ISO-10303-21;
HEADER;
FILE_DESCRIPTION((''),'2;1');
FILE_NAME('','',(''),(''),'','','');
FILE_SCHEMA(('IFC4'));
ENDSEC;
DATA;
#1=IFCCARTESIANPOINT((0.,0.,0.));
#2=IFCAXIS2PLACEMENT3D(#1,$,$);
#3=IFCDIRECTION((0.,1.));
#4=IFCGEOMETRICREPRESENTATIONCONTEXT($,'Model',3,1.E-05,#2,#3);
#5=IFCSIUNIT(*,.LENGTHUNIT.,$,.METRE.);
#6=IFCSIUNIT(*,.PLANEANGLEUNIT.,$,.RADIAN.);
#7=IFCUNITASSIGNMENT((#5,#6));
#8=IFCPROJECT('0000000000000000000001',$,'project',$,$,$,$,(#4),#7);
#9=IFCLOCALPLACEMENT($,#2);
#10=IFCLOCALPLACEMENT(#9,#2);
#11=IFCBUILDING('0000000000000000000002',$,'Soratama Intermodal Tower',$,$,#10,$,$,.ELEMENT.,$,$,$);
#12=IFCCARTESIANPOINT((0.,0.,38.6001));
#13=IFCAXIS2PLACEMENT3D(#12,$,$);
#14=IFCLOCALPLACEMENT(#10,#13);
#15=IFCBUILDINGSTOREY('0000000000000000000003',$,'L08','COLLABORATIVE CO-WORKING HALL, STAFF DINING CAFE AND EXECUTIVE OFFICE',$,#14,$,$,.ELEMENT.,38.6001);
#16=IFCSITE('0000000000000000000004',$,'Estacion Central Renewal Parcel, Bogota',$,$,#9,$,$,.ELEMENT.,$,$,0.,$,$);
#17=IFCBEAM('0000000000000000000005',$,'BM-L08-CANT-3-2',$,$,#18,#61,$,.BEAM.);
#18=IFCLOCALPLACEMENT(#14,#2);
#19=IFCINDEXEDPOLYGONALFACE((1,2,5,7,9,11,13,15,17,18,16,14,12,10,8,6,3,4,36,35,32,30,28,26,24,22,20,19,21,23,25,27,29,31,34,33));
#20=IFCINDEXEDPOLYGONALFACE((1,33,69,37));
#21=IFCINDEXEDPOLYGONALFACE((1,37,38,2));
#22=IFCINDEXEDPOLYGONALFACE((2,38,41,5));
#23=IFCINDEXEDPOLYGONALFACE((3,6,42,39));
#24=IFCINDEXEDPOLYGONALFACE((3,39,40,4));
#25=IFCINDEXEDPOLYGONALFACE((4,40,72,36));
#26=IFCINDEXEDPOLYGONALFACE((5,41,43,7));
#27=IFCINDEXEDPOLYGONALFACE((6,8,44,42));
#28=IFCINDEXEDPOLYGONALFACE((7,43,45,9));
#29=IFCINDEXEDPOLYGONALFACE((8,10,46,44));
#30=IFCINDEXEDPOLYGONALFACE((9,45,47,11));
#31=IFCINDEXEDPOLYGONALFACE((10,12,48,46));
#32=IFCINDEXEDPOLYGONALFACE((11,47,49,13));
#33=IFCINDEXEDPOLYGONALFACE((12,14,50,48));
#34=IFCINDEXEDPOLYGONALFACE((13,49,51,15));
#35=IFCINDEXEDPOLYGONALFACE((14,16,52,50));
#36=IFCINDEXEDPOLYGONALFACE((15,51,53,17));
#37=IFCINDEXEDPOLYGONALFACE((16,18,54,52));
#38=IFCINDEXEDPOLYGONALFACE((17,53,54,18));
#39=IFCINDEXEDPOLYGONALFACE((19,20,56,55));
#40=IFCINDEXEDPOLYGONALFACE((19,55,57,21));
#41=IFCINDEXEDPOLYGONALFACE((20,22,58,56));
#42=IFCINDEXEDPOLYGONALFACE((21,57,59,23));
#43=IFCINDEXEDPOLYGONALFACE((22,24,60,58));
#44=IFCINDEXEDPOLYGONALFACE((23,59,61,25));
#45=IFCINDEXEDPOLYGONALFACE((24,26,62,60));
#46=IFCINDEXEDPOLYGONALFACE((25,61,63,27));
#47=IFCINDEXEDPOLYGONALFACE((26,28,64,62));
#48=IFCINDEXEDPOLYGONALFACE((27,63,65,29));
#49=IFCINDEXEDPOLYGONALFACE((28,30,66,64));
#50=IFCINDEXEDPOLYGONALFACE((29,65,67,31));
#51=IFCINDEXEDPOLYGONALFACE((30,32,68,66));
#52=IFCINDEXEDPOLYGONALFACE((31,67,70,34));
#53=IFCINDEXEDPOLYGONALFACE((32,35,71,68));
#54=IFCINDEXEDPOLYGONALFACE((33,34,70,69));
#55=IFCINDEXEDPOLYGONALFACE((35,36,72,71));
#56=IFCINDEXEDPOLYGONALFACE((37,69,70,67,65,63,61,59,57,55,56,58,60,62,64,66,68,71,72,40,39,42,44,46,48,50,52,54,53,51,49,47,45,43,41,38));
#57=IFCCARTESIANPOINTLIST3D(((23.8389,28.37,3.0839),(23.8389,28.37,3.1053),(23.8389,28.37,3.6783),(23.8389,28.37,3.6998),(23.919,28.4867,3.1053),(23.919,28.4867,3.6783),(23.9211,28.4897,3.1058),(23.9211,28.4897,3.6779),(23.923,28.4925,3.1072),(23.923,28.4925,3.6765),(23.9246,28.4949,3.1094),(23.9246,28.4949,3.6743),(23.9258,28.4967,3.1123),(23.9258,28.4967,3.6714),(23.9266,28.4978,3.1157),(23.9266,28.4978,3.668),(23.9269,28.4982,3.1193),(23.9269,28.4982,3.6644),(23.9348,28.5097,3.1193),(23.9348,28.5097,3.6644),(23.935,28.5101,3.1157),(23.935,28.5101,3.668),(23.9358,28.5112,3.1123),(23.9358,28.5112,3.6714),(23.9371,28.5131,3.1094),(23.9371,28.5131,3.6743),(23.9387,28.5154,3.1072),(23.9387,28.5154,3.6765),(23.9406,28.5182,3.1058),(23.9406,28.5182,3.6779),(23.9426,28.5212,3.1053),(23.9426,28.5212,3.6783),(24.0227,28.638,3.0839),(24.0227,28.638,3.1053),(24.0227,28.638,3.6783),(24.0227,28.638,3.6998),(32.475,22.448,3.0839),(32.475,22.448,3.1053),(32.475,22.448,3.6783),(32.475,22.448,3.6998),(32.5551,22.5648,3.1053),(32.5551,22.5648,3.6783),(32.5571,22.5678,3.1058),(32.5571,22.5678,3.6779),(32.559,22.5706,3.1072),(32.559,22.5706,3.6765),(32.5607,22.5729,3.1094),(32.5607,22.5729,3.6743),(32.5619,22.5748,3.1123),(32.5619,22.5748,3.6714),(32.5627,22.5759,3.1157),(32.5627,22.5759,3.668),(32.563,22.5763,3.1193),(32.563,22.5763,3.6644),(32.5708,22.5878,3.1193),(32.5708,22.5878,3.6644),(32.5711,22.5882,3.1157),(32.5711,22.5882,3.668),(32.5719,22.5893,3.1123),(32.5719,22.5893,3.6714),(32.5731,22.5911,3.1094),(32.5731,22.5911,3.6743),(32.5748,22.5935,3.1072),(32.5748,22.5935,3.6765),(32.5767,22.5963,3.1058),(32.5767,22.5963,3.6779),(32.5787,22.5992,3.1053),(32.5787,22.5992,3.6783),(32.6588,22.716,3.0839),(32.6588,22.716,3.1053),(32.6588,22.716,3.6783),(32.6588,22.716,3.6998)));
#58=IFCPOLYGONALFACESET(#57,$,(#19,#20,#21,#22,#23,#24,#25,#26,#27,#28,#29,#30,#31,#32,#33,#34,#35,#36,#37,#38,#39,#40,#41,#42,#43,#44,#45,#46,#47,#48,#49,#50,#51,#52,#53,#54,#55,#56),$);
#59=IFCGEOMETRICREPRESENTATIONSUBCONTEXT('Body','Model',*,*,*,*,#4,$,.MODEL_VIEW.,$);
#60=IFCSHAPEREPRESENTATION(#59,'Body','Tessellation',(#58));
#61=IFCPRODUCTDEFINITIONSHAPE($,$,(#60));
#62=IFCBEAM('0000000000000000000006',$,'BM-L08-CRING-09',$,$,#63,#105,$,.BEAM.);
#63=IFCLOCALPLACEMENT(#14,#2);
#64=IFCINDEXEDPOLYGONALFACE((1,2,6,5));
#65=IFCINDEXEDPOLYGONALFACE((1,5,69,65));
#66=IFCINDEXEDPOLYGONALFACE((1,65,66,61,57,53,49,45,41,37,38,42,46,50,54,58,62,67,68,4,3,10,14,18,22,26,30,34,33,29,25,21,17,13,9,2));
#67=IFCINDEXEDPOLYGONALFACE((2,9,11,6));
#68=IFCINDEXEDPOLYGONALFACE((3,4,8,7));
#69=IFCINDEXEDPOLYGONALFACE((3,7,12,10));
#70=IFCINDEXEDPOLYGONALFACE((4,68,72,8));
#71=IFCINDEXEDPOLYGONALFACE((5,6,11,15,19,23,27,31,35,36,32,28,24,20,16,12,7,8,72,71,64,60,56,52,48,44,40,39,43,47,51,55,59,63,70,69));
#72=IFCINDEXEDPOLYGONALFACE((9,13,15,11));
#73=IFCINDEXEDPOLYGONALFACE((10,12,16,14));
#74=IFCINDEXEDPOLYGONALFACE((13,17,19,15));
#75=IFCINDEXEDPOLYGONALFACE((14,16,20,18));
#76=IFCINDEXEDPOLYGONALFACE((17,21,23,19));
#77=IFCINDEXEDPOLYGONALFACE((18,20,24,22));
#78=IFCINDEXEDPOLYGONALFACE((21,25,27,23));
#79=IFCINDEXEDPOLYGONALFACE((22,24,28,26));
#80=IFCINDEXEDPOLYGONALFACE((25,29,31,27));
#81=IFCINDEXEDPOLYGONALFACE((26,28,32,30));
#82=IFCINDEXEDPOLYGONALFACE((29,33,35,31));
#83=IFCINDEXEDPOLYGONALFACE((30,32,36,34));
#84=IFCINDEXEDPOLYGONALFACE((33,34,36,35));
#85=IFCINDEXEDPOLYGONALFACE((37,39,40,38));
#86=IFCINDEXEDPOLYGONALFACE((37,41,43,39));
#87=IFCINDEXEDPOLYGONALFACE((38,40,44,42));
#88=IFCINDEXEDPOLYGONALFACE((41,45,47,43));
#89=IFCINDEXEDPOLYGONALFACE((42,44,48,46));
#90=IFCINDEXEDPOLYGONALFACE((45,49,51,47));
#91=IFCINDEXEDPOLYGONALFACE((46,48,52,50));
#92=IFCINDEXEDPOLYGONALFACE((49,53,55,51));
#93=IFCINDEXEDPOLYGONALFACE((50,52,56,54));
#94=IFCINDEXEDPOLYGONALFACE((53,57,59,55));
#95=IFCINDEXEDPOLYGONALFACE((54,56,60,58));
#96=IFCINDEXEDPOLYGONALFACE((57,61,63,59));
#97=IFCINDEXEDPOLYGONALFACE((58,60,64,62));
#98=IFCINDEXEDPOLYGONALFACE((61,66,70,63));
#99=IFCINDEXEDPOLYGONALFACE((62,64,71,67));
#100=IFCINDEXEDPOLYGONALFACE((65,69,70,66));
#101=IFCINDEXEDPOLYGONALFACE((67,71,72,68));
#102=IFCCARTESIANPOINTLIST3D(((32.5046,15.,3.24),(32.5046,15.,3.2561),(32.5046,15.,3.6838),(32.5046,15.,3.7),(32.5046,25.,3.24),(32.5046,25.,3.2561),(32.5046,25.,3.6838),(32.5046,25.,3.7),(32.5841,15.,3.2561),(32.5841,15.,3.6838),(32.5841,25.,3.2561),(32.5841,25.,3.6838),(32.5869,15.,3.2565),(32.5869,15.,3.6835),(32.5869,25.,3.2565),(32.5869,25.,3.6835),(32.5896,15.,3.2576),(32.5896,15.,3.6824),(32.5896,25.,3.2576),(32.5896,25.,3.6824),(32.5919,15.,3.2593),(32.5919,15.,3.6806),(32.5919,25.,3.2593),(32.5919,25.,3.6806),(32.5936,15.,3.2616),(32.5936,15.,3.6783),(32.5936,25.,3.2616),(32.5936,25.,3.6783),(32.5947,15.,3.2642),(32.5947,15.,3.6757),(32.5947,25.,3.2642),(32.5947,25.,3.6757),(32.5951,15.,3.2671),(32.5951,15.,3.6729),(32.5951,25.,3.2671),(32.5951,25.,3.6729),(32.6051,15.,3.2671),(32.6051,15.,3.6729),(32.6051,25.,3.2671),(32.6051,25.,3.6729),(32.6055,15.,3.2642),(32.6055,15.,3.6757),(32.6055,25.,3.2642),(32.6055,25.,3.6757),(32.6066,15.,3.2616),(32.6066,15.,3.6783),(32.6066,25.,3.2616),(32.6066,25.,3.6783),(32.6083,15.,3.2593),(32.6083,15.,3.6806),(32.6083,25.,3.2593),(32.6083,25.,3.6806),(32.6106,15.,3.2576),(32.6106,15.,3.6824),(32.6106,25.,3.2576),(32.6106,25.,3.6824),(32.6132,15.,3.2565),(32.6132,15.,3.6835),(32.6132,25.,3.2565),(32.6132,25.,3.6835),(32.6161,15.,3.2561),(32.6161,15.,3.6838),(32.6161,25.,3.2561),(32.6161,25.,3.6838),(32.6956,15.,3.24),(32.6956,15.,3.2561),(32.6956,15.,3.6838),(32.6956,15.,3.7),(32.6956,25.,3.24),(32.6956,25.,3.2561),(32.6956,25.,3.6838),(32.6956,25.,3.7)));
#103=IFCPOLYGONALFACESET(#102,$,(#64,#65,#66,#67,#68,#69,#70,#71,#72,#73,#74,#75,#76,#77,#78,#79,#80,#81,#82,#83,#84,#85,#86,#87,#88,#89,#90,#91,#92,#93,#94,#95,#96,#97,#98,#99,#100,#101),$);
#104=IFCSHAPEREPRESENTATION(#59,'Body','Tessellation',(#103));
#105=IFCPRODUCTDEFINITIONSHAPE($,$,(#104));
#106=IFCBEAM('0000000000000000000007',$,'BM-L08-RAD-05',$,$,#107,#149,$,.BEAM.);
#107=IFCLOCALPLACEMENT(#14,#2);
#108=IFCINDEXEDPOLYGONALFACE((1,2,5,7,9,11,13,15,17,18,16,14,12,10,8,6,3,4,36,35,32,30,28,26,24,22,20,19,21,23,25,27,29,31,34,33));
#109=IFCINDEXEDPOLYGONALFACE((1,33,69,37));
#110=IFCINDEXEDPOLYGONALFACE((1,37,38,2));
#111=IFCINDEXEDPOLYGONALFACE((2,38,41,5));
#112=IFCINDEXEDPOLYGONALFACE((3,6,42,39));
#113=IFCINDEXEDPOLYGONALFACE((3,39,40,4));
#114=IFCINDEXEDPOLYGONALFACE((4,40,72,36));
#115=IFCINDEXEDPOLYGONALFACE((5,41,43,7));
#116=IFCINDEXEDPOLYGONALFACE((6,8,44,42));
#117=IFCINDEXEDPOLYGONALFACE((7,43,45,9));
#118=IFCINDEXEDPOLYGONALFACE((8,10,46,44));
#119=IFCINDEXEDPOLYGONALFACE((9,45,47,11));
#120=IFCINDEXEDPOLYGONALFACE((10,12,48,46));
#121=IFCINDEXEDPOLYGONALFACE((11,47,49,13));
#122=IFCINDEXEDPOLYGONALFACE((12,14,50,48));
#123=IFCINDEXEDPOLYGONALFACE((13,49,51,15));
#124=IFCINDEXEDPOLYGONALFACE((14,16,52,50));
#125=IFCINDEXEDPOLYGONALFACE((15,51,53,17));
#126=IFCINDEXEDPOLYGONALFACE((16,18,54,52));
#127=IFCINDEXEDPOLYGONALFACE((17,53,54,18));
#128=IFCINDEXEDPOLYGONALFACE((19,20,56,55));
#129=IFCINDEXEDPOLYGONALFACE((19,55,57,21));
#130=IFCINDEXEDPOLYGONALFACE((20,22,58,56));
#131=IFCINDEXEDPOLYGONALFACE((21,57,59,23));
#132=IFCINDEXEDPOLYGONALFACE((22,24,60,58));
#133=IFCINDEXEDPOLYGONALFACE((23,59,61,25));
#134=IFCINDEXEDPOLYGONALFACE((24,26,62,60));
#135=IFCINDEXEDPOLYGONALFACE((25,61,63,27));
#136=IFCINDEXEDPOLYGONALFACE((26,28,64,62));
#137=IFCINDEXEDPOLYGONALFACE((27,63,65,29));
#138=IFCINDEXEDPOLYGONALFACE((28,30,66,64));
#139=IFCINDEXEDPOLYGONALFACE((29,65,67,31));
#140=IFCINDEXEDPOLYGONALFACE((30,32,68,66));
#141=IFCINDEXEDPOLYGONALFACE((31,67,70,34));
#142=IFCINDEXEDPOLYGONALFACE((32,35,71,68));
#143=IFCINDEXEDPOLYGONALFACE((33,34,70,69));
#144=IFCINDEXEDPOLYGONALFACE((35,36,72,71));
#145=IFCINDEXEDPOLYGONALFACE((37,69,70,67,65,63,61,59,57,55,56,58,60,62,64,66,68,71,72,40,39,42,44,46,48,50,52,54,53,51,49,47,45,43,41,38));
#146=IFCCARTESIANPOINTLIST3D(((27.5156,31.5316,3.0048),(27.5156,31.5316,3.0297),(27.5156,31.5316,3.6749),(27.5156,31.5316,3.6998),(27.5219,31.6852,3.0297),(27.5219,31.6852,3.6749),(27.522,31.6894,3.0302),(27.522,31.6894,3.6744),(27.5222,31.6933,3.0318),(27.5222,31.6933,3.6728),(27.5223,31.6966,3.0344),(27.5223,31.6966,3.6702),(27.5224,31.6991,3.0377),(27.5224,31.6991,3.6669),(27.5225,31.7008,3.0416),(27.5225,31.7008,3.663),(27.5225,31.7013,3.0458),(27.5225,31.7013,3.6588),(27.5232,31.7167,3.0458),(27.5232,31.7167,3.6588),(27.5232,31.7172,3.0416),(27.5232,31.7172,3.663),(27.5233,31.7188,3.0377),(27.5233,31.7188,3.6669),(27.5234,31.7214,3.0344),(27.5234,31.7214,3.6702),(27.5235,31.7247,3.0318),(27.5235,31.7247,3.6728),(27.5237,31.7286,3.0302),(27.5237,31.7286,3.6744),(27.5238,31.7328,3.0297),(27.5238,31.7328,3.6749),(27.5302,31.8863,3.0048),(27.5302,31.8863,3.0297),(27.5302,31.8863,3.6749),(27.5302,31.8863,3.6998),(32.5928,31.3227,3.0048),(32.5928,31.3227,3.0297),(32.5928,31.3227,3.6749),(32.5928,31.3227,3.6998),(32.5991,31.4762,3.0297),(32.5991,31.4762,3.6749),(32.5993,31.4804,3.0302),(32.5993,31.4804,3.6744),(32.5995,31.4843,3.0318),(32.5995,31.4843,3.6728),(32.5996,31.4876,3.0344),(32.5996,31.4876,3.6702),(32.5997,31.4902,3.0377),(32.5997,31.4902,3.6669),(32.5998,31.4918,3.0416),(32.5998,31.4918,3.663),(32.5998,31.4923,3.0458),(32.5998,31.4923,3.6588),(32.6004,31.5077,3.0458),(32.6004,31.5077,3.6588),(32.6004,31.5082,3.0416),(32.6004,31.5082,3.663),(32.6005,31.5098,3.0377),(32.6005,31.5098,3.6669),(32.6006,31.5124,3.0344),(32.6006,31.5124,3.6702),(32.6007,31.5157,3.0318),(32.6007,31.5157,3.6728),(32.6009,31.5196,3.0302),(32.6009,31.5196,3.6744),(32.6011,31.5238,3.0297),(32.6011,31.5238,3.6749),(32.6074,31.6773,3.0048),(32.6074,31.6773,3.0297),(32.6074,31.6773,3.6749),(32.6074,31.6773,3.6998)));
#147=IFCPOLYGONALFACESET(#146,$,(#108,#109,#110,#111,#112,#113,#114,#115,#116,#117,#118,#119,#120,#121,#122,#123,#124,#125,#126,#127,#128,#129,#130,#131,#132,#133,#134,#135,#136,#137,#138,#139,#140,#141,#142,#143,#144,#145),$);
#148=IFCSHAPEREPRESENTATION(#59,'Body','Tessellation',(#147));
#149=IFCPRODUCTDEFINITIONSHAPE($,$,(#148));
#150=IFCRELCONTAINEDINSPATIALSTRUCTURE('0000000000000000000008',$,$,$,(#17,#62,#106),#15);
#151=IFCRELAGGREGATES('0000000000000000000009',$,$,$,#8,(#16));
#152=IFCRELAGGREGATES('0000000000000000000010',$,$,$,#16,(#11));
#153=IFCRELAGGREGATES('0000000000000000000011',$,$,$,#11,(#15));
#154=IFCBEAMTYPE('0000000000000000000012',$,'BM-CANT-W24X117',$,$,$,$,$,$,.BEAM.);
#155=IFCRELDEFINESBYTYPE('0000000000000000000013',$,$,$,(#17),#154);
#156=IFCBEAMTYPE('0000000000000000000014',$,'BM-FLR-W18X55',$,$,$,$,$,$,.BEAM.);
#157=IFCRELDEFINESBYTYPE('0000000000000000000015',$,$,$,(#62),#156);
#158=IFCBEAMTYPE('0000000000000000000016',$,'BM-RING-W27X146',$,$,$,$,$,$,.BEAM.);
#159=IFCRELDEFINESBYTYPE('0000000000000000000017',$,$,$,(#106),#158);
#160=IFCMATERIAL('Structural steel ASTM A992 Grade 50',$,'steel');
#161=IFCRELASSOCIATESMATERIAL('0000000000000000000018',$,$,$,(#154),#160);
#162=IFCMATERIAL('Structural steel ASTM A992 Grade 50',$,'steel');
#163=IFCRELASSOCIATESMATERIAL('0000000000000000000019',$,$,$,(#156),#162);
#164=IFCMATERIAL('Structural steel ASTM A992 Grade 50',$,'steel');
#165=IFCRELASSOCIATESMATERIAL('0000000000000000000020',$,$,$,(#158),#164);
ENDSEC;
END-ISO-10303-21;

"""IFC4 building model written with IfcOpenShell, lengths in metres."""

from ifc_helpers import new_model, si_unit, direction, frame, origin, origin_2d, place, context, subcontext, project, spatial, i_section, extrude, material, material_profile, profile_set, type_object, element, save


model = new_model("IFC4")

# Units and contexts
model_context = context("Model", 3, precision=1e-05, world=origin(), true_north=direction((0.0, 1.0)))
body_context = subcontext(model_context, "Body", "Model", "MODEL_VIEW")
ifc_project = project(units=[si_unit("LENGTHUNIT", "METRE"), si_unit("PLANEANGLEUNIT", "RADIAN")], contexts=[model_context])

# Site, building, storey
site_placement = place(None, origin())
site = spatial("IfcSite", under=ifc_project, at=site_placement, Name="Estacion Central Renewal Parcel, Bogota", CompositionType="ELEMENT", RefElevation=0.0)
building_placement = place(site_placement, origin())
building = spatial("IfcBuilding", under=site, at=building_placement, Name="Soratama Intermodal Tower", CompositionType="ELEMENT")
storey_placement = place(building_placement, frame((0.0, 0.0, 38.6001)))
storey = spatial("IfcBuildingStorey", under=building, at=storey_placement, Name="L08", Description="COLLABORATIVE CO-WORKING HALL, STAFF DINING CAFE AND EXECUTIVE OFFICE", CompositionType="ELEMENT", Elevation=38.6001)

# Beams
ifc_material_1 = material(Name="Structural steel ASTM A992 Grade 50", Category="steel")
ifc_material_profile_1 = material_profile(ifc_material_1, i_section(OverallWidth=0.325, OverallDepth=0.616, WebThickness=0.0139, FlangeThickness=0.0215, FilletRadius=0.0139, at=origin_2d()), Name="W24X117")
ifc_profile_set_1 = profile_set([ifc_material_profile_1], Name="Structural steel ASTM A992 Grade 50")
beam_type_1 = type_object("IfcBeamType", Name="BM-CANT-W24X117", PredefinedType="BEAM", material=ifc_profile_set_1)
beam_1_placement = place(storey_placement, frame((32.5669, 22.582, 3.3918), z_axis=(-0.824726, 0.565532, 0.0), x_axis=(-0.565532, -0.824726, 0.0)))
element("IfcBeam", 1, at=beam_1_placement, inside=storey, type_object=beam_type_1, Name="BM-L08-CANT-3-2", PredefinedType="BEAM", context=body_context, shape_type="SweptSolid", body=[
    extrude(i_section(OverallWidth=0.325, OverallDepth=0.616, WebThickness=0.0139, FlangeThickness=0.0215, FilletRadius=0.0139, at=origin_2d()), origin(), (0.0, 0.0, 1.0), 10.4714),
])
ifc_material_2 = material(Name="Structural steel ASTM A992 Grade 50", Category="steel")
ifc_material_profile_2 = material_profile(ifc_material_2, i_section(OverallWidth=0.1909, OverallDepth=0.46, WebThickness=0.01, FlangeThickness=0.0161, FilletRadius=0.011, at=origin_2d()), Name="W18X55")
ifc_profile_set_2 = profile_set([ifc_material_profile_2], Name="Structural steel ASTM A992 Grade 50")
beam_type_2 = type_object("IfcBeamType", Name="BM-FLR-W18X55", PredefinedType="BEAM", material=ifc_profile_set_2)
beam_2_placement = place(storey_placement, frame((32.6001, 25.0, 3.47), z_axis=(0.0, -1.0, 0.0), x_axis=(1.0, 0.0, 0.0)))
element("IfcBeam", 2, at=beam_2_placement, inside=storey, type_object=beam_type_2, Name="BM-L08-CRING-09", PredefinedType="BEAM", context=body_context, shape_type="SweptSolid", body=[
    extrude(i_section(OverallWidth=0.1909, OverallDepth=0.46, WebThickness=0.01, FlangeThickness=0.0161, FilletRadius=0.011, at=origin_2d()), origin(), (0.0, 0.0, 1.0), 10.0),
])
ifc_material_3 = material(Name="Structural steel ASTM A992 Grade 50", Category="steel")
ifc_material_profile_3 = material_profile(ifc_material_3, i_section(OverallWidth=0.355, OverallDepth=0.6951, WebThickness=0.0154, FlangeThickness=0.0249, FilletRadius=0.0161, at=origin_2d()), Name="W27X146")
ifc_profile_set_3 = profile_set([ifc_material_profile_3], Name="Structural steel ASTM A992 Grade 50")
beam_type_3 = type_object("IfcBeamType", Name="BM-RING-W27X146", PredefinedType="BEAM", material=ifc_profile_set_3)
beam_3_placement = place(storey_placement, frame((32.6001, 31.5, 3.3523), z_axis=(-0.999154, 0.041127, 0.0), x_axis=(-0.041127, -0.999154, 0.0)))
element("IfcBeam", 3, at=beam_3_placement, inside=storey, type_object=beam_type_3, Name="BM-L08-RAD-05", PredefinedType="BEAM", context=body_context, shape_type="SweptSolid", body=[
    extrude(i_section(OverallWidth=0.355, OverallDepth=0.6951, WebThickness=0.0154, FlangeThickness=0.0249, FilletRadius=0.0161, at=origin_2d()), origin(), (0.0, 0.0, 1.0), 5.0815),
])

save(model, "model.ifc")
